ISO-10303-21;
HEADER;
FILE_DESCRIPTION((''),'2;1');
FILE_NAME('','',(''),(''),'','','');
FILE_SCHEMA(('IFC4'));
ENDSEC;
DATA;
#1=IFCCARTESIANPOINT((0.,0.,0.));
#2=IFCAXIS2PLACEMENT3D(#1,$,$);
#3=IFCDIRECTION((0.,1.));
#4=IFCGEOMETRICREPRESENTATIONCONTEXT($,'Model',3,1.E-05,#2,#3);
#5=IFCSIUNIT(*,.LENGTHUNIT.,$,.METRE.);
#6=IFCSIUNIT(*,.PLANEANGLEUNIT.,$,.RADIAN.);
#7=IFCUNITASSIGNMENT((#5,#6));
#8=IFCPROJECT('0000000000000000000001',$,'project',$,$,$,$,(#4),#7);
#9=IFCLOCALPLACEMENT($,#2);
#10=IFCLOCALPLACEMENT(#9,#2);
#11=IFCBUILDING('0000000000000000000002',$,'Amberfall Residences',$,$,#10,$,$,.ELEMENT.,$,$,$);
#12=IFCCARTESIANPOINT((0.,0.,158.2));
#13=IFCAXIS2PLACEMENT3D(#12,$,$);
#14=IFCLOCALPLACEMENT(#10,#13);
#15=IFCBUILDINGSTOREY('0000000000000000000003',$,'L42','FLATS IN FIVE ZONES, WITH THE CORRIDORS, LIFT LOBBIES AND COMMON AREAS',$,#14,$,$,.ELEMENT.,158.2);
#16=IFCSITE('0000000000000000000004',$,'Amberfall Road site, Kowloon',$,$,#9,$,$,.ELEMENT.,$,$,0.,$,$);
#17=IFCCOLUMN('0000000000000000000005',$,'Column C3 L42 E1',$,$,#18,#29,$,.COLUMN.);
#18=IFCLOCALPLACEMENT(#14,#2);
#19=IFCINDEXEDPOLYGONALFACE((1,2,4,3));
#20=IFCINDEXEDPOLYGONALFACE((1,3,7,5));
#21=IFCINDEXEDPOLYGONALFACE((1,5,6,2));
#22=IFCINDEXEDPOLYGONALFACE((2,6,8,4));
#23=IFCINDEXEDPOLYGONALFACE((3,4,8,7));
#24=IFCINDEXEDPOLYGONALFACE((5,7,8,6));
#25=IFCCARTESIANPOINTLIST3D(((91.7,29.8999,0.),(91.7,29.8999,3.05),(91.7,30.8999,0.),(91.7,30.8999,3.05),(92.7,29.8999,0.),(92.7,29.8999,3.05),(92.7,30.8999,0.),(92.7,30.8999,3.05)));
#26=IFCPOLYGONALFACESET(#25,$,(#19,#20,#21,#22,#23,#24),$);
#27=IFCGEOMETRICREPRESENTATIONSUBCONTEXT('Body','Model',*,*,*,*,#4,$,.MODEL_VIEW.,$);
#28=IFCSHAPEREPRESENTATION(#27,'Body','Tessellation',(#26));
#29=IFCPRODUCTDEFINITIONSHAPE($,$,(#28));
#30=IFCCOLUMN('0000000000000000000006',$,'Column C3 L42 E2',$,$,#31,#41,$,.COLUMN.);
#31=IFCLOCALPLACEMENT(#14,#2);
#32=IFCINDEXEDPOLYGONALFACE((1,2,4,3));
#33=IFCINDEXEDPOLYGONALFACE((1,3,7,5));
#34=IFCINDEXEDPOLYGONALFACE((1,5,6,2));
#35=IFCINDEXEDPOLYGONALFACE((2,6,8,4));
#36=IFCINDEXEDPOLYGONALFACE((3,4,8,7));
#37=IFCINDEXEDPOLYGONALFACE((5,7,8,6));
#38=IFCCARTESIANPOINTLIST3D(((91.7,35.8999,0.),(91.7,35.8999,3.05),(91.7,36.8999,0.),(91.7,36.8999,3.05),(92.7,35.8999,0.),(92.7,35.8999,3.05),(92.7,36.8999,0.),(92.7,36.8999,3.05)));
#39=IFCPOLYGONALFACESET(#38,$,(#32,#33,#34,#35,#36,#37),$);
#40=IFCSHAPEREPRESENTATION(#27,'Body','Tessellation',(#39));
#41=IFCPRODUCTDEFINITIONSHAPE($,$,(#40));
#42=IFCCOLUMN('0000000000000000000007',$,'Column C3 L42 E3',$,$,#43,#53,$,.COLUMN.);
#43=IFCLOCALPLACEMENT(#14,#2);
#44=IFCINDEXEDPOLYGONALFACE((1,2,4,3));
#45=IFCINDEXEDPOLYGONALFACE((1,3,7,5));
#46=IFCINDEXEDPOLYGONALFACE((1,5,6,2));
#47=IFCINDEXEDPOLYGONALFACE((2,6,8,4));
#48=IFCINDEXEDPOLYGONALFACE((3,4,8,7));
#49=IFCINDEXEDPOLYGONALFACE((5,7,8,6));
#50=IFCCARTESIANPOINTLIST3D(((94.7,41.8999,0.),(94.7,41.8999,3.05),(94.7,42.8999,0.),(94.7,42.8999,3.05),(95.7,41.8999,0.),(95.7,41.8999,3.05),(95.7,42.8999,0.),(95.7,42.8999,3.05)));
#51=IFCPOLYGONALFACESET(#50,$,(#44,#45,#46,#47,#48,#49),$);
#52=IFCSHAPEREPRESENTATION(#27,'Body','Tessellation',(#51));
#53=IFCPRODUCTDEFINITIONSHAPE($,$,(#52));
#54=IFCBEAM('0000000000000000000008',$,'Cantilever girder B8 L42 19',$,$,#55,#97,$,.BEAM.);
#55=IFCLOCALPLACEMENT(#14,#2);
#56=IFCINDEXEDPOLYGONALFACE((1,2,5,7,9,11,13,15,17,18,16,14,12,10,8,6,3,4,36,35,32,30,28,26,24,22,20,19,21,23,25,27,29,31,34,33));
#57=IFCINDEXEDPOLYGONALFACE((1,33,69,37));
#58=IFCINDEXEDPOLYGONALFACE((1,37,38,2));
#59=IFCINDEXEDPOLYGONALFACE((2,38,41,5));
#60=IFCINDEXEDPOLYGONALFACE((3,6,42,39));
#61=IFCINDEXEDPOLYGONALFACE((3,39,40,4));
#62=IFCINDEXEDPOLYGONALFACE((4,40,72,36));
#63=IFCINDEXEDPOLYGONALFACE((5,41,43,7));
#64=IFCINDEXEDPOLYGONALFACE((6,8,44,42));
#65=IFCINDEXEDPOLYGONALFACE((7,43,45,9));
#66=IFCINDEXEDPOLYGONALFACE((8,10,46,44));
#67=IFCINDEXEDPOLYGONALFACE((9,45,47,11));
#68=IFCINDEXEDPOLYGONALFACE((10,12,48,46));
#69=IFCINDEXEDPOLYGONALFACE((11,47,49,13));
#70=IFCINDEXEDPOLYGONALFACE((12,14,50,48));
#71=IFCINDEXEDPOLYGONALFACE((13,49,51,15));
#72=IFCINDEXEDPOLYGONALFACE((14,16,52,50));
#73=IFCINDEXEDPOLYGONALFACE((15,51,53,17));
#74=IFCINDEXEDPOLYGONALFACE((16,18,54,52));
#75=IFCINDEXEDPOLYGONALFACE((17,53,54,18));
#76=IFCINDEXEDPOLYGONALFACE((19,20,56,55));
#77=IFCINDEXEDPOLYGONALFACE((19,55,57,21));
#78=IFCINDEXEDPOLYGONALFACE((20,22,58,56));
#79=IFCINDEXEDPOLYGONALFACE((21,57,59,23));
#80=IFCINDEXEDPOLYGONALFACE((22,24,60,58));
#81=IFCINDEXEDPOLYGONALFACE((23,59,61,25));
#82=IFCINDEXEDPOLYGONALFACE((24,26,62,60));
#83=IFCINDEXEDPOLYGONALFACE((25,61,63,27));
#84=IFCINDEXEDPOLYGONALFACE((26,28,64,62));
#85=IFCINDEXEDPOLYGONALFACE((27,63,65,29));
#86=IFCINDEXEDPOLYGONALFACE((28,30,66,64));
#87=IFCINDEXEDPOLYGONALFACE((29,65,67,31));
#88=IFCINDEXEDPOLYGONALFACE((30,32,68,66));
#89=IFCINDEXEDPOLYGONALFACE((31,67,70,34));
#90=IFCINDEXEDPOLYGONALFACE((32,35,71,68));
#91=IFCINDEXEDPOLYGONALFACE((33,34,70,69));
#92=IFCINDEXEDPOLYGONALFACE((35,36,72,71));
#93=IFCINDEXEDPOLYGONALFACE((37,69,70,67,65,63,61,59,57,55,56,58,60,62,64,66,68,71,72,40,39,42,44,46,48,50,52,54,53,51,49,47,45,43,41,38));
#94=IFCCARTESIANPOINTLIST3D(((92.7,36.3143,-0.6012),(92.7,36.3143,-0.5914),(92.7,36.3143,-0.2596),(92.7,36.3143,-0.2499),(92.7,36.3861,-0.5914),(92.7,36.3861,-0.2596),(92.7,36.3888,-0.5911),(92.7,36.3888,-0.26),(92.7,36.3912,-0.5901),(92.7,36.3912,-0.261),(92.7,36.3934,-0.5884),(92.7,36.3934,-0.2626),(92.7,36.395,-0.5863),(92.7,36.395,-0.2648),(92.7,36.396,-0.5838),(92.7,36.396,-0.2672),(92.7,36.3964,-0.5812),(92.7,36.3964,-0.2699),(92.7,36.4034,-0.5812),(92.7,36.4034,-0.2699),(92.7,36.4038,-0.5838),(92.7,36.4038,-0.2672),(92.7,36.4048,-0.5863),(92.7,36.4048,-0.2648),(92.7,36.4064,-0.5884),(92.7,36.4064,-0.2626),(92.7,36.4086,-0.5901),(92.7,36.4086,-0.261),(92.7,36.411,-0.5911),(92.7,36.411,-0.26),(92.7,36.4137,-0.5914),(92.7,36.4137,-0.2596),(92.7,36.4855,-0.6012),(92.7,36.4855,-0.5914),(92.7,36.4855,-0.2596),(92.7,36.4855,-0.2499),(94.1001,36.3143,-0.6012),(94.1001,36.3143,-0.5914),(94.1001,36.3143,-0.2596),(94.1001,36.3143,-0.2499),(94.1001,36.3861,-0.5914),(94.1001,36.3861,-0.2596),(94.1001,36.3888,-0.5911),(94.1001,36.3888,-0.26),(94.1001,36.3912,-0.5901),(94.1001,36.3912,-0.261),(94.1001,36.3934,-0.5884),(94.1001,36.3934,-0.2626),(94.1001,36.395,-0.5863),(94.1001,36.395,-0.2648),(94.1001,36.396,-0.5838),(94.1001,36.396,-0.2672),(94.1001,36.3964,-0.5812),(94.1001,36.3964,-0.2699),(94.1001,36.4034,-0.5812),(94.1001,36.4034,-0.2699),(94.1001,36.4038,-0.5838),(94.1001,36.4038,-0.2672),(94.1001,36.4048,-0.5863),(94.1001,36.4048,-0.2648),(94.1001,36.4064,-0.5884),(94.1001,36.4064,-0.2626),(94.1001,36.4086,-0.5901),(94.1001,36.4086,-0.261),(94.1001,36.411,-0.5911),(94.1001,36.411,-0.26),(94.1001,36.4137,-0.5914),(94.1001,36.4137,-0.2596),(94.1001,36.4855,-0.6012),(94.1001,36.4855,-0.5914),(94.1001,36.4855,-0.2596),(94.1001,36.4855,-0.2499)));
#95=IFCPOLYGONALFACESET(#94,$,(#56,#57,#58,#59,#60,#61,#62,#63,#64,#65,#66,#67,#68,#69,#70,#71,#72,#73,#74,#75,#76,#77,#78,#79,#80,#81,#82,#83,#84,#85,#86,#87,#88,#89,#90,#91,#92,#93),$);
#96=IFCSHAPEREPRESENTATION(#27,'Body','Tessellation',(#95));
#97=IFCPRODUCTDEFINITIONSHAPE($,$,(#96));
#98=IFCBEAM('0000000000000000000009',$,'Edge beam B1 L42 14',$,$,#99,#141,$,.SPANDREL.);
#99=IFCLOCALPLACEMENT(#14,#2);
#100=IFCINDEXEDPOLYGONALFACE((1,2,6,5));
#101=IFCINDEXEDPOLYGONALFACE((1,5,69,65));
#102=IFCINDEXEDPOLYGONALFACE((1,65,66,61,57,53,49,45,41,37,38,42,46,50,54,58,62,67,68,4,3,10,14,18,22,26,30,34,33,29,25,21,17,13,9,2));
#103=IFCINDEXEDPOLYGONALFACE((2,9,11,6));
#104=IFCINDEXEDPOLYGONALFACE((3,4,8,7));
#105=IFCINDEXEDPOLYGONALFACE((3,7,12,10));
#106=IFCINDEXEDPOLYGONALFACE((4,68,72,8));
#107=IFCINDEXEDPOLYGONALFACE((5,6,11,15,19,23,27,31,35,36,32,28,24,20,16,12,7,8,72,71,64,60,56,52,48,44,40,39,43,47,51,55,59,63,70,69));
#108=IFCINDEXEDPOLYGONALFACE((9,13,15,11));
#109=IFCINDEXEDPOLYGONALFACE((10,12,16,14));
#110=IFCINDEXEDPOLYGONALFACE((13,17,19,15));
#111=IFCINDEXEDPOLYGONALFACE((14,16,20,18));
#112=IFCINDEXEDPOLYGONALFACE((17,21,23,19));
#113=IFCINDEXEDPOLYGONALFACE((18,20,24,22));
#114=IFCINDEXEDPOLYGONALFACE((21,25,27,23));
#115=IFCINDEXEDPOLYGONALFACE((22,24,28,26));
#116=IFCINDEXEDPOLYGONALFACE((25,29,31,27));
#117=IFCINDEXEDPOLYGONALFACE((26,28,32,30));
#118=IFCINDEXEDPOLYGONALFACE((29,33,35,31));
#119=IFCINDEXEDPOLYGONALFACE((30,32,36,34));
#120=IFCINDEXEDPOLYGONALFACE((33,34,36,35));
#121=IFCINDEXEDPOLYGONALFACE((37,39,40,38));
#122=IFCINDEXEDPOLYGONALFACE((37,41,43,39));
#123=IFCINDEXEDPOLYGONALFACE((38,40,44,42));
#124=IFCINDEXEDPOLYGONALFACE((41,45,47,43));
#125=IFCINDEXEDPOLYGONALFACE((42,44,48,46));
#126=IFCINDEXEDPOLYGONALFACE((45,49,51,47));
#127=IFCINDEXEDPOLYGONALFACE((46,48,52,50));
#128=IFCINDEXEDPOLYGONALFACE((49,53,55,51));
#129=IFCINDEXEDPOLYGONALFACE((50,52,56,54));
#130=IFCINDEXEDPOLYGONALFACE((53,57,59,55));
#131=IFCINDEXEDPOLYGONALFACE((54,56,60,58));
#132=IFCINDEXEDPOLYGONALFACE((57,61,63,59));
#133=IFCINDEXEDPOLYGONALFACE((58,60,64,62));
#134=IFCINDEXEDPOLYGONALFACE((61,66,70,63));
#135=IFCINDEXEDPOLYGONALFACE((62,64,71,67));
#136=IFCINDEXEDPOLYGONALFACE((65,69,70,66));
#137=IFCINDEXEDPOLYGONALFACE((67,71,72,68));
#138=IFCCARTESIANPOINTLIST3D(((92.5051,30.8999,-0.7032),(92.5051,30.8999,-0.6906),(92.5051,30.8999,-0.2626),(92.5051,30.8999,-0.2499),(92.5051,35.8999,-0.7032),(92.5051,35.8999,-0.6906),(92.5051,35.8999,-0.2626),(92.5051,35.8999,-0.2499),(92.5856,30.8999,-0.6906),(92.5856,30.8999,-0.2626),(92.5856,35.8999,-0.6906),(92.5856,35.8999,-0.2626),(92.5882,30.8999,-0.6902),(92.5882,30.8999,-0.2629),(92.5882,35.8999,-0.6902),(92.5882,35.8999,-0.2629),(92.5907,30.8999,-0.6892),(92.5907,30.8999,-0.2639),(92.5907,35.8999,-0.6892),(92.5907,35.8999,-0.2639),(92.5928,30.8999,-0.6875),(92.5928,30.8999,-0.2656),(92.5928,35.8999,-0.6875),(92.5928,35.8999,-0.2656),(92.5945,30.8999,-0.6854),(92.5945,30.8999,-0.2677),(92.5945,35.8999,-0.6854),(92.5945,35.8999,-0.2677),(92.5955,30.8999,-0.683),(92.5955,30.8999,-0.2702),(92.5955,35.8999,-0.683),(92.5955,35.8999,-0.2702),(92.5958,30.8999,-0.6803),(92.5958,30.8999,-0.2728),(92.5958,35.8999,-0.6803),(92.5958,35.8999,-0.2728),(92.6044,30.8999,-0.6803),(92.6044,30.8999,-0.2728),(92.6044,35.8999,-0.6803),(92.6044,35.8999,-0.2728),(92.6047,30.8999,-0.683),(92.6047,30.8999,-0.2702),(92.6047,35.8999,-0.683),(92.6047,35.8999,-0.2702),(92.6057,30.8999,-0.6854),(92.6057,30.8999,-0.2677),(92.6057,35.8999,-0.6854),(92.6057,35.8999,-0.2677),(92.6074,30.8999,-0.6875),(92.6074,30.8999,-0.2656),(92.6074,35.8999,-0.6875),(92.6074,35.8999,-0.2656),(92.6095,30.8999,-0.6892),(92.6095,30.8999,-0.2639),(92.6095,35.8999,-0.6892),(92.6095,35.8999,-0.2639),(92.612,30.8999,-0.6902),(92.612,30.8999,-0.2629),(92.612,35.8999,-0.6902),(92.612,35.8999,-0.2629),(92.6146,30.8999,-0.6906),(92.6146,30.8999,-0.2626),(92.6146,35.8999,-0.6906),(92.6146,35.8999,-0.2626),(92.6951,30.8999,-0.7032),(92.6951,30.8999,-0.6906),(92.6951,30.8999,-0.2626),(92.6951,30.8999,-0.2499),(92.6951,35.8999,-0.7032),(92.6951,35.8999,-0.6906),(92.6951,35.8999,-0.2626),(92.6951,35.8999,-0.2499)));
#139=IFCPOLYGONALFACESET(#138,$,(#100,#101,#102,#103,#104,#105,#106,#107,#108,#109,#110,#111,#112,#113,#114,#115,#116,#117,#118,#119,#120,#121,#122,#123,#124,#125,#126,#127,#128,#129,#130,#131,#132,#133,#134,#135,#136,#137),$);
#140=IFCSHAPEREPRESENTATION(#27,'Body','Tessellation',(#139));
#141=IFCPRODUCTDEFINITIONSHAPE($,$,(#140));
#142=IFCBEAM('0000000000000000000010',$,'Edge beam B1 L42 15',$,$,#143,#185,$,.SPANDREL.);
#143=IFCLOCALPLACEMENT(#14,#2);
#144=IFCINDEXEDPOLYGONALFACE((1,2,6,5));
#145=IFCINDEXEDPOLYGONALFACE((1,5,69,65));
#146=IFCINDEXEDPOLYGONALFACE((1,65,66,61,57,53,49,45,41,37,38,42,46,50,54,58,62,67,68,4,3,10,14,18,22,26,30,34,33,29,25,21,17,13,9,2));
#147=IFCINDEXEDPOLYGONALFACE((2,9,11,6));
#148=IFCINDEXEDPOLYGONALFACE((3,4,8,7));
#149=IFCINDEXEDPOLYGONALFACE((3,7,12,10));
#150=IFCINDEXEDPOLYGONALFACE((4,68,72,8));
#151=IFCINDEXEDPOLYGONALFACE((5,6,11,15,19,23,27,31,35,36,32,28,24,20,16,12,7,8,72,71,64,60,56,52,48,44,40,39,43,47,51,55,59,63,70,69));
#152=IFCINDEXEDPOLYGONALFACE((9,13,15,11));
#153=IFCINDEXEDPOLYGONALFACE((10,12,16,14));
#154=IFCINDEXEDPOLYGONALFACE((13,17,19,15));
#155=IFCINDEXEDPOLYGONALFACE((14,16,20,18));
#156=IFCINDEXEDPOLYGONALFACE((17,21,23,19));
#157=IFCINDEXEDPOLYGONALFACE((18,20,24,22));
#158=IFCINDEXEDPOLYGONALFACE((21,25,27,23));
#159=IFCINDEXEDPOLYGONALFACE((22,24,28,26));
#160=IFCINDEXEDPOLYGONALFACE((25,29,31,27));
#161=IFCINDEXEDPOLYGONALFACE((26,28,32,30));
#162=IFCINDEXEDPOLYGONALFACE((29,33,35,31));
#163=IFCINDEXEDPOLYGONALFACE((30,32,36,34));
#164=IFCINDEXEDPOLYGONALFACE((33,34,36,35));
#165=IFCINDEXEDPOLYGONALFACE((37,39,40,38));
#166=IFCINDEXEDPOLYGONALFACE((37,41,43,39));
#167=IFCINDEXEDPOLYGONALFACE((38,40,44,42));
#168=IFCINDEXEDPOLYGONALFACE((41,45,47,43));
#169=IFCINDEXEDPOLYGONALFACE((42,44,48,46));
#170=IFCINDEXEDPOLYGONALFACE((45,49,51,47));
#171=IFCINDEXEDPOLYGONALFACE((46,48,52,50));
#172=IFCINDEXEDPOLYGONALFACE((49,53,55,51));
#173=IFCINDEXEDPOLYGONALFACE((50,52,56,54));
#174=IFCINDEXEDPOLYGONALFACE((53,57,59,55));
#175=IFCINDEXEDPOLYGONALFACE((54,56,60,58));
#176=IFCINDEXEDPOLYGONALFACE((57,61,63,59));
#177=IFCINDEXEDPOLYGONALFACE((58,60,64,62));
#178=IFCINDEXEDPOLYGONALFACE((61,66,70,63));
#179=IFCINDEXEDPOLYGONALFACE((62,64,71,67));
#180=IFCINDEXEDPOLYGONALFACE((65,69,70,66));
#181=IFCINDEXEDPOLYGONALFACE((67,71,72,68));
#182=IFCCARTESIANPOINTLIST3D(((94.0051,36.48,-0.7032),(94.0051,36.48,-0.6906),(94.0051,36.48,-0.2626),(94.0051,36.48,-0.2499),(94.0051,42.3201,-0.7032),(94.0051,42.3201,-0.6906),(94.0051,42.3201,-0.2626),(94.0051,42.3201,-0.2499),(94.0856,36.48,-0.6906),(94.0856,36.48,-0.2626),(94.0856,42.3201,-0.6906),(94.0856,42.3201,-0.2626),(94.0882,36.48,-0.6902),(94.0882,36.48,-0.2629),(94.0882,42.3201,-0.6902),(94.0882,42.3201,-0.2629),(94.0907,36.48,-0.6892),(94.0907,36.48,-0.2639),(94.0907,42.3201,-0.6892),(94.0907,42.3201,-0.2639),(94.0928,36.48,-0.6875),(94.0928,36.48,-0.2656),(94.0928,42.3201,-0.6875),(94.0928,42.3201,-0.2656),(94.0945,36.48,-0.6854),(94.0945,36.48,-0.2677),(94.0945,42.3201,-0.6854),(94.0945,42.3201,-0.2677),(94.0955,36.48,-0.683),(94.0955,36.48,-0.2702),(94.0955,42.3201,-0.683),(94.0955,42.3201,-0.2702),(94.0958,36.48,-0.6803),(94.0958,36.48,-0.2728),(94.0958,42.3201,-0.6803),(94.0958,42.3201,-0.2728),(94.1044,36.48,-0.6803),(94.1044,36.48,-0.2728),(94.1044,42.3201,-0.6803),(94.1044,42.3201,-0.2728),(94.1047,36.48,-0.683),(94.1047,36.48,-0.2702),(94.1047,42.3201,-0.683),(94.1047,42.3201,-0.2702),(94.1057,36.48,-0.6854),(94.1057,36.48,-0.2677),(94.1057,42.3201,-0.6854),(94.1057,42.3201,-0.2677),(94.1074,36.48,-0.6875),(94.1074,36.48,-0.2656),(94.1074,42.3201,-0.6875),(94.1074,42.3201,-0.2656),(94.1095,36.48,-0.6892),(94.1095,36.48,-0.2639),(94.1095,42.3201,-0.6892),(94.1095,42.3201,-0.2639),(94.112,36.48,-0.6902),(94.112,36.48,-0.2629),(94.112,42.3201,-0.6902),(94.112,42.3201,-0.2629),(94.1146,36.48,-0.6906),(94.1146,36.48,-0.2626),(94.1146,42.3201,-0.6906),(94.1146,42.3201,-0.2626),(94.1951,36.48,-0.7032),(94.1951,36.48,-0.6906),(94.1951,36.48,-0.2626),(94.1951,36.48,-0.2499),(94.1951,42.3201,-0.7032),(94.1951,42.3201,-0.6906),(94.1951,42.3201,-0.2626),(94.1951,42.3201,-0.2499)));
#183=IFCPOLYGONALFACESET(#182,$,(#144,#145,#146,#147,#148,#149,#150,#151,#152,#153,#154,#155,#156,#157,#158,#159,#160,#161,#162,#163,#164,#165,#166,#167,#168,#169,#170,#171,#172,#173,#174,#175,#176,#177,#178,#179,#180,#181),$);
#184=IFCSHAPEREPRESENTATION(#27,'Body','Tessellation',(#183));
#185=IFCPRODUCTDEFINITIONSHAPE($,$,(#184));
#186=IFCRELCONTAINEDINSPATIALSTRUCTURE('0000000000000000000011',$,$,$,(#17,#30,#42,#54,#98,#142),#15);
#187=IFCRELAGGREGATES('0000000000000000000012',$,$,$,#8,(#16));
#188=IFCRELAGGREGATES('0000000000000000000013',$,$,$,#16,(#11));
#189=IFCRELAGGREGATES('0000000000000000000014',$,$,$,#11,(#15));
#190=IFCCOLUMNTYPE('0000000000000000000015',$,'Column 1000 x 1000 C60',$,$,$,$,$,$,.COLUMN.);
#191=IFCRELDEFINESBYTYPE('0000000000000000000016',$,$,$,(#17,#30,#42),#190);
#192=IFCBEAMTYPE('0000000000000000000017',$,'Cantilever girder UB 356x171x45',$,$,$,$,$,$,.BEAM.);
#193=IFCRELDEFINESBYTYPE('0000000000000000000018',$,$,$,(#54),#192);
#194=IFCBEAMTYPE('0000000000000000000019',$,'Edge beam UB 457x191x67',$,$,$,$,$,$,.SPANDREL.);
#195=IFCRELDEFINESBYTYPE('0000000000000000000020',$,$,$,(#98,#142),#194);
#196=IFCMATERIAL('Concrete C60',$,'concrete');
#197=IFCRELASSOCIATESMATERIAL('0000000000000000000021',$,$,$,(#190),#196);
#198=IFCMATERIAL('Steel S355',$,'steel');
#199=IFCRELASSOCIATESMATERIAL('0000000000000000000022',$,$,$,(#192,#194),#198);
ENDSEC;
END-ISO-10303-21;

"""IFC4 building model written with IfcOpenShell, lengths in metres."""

from ifc_helpers import new_model, si_unit, direction, frame, origin, origin_2d, place, context, subcontext, project, spatial, rectangle, i_section, extrude, material, material_profile, profile_set, type_object, element, save


model = new_model("IFC4")

# Units and contexts
model_context = context("Model", 3, precision=1e-05, world=origin(), true_north=direction((0.0, 1.0)))
body_context = subcontext(model_context, "Body", "Model", "MODEL_VIEW")
ifc_project = project(units=[si_unit("LENGTHUNIT", "METRE"), si_unit("PLANEANGLEUNIT", "RADIAN")], contexts=[model_context])

# Site, building, storey
site_placement = place(None, origin())
site = spatial("IfcSite", under=ifc_project, at=site_placement, Name="Amberfall Road site, Kowloon", CompositionType="ELEMENT", RefElevation=0.0)
building_placement = place(site_placement, origin())
building = spatial("IfcBuilding", under=site, at=building_placement, Name="Amberfall Residences", CompositionType="ELEMENT")
storey_placement = place(building_placement, frame((0.0, 0.0, 158.2)))
storey = spatial("IfcBuildingStorey", under=building, at=storey_placement, Name="L42", Description="FLATS IN FIVE ZONES, WITH THE CORRIDORS, LIFT LOBBIES AND COMMON AREAS", CompositionType="ELEMENT", Elevation=158.2)

# Columns
ifc_material_1 = material(Name="Concrete C60", Category="concrete")
ifc_material_profile_1 = material_profile(ifc_material_1, rectangle(XDim=1.0, YDim=1.0, at=origin_2d()), Name="Column 1000 x 1000 C60")
ifc_profile_set_1 = profile_set([ifc_material_profile_1], Name="Concrete C60")
column_type = type_object("IfcColumnType", Name="Column 1000 x 1000 C60", PredefinedType="COLUMN", material=ifc_profile_set_1)
for number, where, z_axis, x_axis, name in (
    (1, (92.2, 30.3999, 0.0), (0.0, 0.0, 1.0), (1.0, 0.0, 0.0), "Column C3 L42 E1"),
    (2, (92.2, 36.3999, 0.0), (0.0, 0.0, 1.0), (1.0, 0.0, 0.0), "Column C3 L42 E2"),
    (3, (95.2, 42.3999, 0.0), (0.0, 0.0, 1.0), (1.0, 0.0, 0.0), "Column C3 L42 E3"),
):
    element("IfcColumn", number, at=place(storey_placement, frame(where, z_axis=z_axis, x_axis=x_axis)), inside=storey, type_object=column_type, Name=name, PredefinedType="COLUMN", context=body_context, shape_type="SweptSolid", body=[
        extrude(rectangle(XDim=1.0, YDim=1.0, at=origin_2d()), origin(), (0.0, 0.0, 1.0), 3.05),
    ])

# Beams
ifc_material_2 = material(Name="Steel S355", Category="steel")
ifc_material_profile_2 = material_profile(ifc_material_2, i_section(OverallWidth=0.1711, OverallDepth=0.3513, WebThickness=0.0071, FlangeThickness=0.0098, FilletRadius=0.0103, at=origin_2d()), Name="UB 356x171x45")
ifc_profile_set_2 = profile_set([ifc_material_profile_2], Name="Steel S355")
beam_type_1 = type_object("IfcBeamType", Name="Cantilever girder UB 356x171x45", PredefinedType="BEAM", material=ifc_profile_set_2)
beam_1_placement = place(storey_placement, frame((92.7, 36.3999, -0.4255), z_axis=(1.0, 0.0, 0.0), x_axis=(0.0, 1.0, 0.0)))
element("IfcBeam", 4, at=beam_1_placement, inside=storey, type_object=beam_type_1, Name="Cantilever girder B8 L42 19", PredefinedType="BEAM", context=body_context, shape_type="SweptSolid", body=[
    extrude(i_section(OverallWidth=0.1711, OverallDepth=0.3513, WebThickness=0.0071, FlangeThickness=0.0098, FilletRadius=0.0103, at=origin_2d()), origin(), (0.0, 0.0, 1.0), 1.4001),
])
ifc_material_profile_3 = material_profile(ifc_material_2, i_section(OverallWidth=0.1899, OverallDepth=0.4534, WebThickness=0.0085, FlangeThickness=0.0127, FilletRadius=0.0103, at=origin_2d()), Name="UB 457x191x67")
ifc_profile_set_3 = profile_set([ifc_material_profile_3], Name="Steel S355")
beam_type_2 = type_object("IfcBeamType", Name="Edge beam UB 457x191x67", PredefinedType="SPANDREL", material=ifc_profile_set_3)
beam_2_placement = place(storey_placement, frame((92.6001, 30.8999, -0.4766), z_axis=(0.0, 1.0, 0.0), x_axis=(-1.0, 0.0, 0.0)))
element("IfcBeam", 5, at=beam_2_placement, inside=storey, type_object=beam_type_2, Name="Edge beam B1 L42 14", PredefinedType="SPANDREL", context=body_context, shape_type="SweptSolid", body=[
    extrude(i_section(OverallWidth=0.1899, OverallDepth=0.4534, WebThickness=0.0085, FlangeThickness=0.0127, FilletRadius=0.0103, at=origin_2d()), origin(), (0.0, 0.0, 1.0), 5.0),
])
beam_3_placement = place(storey_placement, frame((94.1001, 36.48, -0.4766), z_axis=(0.0, 1.0, 0.0), x_axis=(-1.0, 0.0, 0.0)))
element("IfcBeam", 6, at=beam_3_placement, inside=storey, type_object=beam_type_2, Name="Edge beam B1 L42 15", PredefinedType="SPANDREL", context=body_context, shape_type="SweptSolid", body=[
    extrude(i_section(OverallWidth=0.1899, OverallDepth=0.4534, WebThickness=0.0085, FlangeThickness=0.0127, FilletRadius=0.0103, at=origin_2d()), origin(), (0.0, 0.0, 1.0), 5.8401),
])

save(model, "model.ifc")
